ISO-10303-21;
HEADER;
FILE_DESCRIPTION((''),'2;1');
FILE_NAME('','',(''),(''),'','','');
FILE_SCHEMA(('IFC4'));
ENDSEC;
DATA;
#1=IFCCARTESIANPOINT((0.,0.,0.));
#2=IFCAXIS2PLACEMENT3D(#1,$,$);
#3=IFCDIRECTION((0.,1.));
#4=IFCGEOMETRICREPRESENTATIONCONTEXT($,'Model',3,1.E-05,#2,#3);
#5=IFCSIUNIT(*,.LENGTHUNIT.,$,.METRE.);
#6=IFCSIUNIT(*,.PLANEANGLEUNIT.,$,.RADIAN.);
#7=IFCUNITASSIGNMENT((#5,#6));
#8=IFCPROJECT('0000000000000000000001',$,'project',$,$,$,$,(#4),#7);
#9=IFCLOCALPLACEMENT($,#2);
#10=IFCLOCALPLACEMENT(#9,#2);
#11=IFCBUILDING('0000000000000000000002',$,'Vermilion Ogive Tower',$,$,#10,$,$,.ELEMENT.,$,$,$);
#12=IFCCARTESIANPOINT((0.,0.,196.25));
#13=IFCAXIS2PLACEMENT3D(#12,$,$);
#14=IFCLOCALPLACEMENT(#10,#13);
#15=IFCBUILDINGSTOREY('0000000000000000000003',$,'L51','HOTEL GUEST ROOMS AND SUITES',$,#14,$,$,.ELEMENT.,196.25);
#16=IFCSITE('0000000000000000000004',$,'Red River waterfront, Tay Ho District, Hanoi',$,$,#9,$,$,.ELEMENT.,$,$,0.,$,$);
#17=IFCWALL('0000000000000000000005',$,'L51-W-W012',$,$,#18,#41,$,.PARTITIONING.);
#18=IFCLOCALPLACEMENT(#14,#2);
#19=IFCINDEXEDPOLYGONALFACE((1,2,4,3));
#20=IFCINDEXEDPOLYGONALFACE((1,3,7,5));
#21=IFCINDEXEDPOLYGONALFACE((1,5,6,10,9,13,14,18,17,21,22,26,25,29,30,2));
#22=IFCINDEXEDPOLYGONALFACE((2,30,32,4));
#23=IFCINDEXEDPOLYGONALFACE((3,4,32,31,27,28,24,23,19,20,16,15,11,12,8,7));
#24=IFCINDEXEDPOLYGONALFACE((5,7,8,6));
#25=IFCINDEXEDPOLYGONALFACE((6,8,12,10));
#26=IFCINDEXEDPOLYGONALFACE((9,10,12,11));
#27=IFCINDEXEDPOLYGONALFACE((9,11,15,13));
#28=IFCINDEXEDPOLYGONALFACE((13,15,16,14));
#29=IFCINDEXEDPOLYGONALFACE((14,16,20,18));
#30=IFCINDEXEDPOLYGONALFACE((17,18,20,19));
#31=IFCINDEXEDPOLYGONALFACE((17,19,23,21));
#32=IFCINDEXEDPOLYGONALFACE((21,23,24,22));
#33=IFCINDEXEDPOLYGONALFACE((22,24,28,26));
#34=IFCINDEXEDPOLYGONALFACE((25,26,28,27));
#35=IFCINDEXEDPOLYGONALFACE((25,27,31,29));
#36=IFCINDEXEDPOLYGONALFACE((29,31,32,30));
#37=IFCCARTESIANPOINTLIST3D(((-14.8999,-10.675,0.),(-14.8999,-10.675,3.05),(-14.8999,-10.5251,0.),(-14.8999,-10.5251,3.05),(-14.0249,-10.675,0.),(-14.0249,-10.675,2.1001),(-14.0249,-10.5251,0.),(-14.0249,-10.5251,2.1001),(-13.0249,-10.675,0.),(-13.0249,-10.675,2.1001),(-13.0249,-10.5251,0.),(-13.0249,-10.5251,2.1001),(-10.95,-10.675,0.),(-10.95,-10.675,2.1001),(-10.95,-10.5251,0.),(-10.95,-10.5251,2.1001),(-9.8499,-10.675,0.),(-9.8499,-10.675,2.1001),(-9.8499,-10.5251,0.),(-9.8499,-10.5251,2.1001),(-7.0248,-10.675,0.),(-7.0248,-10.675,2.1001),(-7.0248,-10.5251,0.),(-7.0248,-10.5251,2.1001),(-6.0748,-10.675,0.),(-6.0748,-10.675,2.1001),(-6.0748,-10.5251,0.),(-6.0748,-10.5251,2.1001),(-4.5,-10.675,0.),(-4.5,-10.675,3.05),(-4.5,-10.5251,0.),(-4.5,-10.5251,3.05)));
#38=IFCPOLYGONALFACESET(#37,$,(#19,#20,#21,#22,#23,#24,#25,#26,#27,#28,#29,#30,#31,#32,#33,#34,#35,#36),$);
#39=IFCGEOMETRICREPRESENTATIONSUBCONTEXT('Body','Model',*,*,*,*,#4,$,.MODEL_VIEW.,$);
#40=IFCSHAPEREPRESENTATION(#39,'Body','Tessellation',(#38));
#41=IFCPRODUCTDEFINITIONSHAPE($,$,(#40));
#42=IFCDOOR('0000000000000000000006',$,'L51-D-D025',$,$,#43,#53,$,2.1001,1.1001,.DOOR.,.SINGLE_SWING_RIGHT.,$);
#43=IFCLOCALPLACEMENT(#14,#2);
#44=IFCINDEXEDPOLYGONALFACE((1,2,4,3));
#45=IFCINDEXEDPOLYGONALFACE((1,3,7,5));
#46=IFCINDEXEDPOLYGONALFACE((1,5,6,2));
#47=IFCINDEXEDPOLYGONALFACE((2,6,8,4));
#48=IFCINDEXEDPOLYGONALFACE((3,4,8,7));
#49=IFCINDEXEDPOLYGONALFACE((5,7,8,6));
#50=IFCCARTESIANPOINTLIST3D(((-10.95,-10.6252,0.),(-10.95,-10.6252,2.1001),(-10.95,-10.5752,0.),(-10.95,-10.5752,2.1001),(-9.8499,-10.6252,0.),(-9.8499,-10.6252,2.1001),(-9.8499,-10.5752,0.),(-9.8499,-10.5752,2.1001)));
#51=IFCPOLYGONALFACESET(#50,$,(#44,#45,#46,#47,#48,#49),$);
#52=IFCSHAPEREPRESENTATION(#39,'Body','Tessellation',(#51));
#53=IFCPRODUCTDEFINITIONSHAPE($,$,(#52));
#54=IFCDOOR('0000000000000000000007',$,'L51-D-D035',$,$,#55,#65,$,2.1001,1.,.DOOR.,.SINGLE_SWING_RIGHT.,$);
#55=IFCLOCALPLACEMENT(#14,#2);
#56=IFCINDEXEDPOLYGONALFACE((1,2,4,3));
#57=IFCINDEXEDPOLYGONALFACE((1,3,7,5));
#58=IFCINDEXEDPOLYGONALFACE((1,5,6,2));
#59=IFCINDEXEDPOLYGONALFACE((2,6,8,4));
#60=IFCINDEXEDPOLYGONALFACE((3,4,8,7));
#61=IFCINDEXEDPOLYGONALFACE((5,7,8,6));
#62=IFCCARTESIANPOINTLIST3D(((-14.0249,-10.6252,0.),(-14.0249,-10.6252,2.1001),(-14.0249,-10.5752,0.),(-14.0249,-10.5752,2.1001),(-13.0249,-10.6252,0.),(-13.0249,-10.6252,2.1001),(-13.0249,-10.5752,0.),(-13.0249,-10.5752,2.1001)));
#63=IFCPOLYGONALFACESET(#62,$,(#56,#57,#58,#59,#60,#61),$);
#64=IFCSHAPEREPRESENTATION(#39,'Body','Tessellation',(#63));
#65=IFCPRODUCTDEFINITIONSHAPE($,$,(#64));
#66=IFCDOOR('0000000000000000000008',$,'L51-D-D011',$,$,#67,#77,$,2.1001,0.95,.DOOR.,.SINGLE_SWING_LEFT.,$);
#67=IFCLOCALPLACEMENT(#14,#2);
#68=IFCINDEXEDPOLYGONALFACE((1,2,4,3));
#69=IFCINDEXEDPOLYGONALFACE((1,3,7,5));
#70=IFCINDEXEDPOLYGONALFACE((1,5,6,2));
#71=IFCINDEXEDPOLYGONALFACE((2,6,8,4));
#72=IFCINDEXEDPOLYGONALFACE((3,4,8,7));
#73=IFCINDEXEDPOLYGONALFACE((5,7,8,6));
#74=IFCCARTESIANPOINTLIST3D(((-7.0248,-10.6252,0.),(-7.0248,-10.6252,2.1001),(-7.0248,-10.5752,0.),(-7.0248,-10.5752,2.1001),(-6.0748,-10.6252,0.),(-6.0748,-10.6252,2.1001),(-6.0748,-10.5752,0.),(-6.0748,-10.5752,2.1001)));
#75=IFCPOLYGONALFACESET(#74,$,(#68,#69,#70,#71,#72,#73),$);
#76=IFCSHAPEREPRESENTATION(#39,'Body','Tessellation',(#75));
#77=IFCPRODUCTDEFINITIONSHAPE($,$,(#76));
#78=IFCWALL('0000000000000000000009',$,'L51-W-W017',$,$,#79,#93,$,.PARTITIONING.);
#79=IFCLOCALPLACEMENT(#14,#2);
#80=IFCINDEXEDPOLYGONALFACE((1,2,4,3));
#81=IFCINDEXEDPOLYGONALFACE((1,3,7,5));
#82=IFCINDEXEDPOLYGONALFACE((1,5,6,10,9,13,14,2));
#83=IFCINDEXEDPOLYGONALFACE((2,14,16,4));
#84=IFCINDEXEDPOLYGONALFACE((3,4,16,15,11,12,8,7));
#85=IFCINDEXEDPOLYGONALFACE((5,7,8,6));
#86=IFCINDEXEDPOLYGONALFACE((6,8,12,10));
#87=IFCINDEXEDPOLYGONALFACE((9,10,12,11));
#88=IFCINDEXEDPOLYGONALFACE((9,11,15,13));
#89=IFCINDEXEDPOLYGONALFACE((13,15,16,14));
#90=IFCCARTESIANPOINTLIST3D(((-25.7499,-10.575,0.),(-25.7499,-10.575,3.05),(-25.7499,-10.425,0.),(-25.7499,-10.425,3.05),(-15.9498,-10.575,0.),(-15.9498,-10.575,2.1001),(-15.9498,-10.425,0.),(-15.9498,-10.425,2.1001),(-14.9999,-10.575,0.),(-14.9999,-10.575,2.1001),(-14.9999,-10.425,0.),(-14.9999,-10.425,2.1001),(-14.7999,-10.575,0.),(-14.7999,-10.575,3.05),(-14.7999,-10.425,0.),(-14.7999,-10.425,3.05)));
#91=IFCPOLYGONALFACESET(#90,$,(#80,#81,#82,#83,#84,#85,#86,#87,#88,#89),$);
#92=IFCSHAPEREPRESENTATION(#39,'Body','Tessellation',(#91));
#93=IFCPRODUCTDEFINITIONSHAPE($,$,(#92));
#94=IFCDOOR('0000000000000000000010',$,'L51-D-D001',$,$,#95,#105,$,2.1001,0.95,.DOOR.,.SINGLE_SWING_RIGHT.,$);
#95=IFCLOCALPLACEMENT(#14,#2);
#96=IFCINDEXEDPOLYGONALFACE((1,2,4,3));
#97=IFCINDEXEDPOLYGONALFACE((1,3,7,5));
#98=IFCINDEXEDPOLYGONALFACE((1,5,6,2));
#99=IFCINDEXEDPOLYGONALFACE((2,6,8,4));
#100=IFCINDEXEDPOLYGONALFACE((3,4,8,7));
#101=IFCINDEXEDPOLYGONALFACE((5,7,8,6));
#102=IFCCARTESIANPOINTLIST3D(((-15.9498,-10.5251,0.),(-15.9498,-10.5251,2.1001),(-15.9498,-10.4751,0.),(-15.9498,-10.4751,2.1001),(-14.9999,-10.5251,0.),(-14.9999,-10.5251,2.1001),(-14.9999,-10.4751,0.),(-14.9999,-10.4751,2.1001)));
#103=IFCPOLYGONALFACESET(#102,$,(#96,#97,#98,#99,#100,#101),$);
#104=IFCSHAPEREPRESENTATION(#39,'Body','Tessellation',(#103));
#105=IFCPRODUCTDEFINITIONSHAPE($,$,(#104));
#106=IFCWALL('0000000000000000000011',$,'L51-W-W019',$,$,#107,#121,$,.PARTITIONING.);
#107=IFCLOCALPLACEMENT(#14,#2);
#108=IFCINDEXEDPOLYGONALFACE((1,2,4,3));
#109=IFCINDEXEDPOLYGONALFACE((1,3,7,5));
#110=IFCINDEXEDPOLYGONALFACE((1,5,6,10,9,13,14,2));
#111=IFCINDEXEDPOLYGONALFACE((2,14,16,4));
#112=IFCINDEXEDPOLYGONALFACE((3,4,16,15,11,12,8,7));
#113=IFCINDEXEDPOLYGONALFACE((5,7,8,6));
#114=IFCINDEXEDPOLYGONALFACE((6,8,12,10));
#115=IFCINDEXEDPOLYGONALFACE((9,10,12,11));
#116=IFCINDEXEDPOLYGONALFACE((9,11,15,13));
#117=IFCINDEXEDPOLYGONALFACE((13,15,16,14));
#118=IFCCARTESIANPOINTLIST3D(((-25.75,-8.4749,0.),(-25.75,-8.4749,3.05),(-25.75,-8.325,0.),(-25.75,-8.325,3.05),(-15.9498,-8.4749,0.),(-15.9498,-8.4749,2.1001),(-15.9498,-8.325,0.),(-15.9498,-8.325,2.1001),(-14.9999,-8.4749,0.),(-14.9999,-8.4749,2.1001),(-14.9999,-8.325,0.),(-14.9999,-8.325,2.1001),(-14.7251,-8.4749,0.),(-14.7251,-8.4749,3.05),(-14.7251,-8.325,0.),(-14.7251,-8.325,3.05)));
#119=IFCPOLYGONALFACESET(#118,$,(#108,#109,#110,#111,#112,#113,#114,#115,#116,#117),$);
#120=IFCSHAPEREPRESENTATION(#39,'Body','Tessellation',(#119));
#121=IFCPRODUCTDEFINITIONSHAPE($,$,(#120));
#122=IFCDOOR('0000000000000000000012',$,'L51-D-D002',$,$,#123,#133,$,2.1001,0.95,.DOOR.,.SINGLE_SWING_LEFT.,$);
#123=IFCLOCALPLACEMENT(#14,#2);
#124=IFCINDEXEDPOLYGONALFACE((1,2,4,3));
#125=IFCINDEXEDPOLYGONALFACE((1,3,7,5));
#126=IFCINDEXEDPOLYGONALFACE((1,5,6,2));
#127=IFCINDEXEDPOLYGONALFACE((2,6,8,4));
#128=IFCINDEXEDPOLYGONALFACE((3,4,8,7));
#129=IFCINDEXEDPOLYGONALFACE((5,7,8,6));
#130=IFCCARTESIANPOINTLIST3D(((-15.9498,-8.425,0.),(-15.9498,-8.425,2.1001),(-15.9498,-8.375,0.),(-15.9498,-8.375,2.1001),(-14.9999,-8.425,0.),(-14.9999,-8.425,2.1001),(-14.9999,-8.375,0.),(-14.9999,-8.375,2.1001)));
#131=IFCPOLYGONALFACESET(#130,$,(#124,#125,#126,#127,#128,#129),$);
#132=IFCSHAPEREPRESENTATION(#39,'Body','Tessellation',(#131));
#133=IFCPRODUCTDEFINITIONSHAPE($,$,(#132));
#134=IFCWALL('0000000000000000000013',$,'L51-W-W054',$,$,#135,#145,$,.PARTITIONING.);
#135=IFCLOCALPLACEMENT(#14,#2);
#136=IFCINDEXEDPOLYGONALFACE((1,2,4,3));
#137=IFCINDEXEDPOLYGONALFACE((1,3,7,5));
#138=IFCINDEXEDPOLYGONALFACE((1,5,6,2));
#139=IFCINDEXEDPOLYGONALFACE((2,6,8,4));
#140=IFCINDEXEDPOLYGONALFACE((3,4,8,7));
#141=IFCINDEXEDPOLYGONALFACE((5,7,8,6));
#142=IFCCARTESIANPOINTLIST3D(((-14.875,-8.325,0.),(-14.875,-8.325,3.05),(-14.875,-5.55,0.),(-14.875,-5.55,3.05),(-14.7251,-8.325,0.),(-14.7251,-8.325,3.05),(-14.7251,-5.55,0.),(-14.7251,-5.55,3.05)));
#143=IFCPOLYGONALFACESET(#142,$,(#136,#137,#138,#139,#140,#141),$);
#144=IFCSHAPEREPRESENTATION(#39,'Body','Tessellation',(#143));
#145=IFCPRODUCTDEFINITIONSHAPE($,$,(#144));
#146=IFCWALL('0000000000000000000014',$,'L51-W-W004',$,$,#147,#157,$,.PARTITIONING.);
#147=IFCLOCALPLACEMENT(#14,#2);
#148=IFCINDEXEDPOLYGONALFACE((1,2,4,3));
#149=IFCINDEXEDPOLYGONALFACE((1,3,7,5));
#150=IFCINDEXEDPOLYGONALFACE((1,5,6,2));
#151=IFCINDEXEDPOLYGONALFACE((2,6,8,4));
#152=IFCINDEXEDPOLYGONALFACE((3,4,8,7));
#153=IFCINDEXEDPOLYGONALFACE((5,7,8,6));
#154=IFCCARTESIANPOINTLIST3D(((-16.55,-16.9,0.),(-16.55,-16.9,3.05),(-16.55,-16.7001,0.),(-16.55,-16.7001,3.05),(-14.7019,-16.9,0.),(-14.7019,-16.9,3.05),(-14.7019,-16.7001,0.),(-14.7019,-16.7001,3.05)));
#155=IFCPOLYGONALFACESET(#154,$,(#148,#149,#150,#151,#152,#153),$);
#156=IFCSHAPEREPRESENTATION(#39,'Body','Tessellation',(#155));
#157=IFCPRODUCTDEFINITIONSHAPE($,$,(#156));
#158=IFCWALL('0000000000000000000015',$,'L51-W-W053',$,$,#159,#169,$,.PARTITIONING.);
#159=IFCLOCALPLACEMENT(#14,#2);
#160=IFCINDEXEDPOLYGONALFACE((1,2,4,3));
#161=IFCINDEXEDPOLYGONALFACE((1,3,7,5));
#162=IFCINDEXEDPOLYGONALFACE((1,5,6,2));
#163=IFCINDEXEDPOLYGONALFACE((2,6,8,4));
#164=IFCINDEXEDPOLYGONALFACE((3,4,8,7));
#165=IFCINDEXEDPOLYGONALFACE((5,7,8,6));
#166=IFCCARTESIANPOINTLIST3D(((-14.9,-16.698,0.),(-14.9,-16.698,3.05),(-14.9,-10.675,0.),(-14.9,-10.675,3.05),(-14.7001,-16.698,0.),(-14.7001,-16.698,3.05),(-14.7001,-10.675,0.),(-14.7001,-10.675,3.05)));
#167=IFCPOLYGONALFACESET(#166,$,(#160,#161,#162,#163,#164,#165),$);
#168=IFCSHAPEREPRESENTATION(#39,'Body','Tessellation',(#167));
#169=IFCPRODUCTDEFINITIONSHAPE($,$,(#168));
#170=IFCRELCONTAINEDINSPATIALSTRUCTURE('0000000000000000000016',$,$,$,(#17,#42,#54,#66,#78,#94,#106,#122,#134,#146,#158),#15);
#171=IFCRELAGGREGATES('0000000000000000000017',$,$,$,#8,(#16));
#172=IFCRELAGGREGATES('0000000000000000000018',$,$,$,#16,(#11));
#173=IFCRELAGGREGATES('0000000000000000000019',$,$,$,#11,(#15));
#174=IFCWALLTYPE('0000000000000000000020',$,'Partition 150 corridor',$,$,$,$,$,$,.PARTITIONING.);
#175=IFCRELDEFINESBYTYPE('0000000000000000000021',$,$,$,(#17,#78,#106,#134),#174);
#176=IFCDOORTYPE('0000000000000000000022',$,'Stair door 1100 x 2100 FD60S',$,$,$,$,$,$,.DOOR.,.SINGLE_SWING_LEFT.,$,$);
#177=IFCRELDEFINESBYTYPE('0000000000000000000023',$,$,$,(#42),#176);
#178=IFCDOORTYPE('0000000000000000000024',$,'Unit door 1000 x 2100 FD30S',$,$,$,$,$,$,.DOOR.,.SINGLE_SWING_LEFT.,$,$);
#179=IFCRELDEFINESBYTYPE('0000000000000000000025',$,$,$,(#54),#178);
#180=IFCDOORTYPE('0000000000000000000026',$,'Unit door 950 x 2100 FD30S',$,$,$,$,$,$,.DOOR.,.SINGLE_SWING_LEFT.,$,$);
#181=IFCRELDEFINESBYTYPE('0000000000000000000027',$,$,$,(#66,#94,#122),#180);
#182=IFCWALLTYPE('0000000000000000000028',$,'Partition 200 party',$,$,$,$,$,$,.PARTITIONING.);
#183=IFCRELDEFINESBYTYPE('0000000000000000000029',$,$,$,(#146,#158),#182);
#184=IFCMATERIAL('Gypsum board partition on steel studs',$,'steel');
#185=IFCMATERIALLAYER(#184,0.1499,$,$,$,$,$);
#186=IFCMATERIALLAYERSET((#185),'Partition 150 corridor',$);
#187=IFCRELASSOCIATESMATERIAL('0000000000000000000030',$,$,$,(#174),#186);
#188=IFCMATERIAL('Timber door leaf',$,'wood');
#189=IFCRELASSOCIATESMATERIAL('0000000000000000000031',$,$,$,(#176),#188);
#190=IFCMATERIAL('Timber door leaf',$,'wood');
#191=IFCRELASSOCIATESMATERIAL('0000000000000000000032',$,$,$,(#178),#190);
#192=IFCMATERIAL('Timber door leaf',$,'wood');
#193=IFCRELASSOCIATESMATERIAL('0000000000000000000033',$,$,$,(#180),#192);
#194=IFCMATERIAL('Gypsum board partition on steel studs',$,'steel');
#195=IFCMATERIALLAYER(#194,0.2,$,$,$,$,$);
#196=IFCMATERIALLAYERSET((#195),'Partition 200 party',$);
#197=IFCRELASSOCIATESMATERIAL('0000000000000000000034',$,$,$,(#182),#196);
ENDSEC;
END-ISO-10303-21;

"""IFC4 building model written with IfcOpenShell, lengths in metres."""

from ifc_helpers import new_model, si_unit, direction, frame, frame_2d, origin, place, context, subcontext, project, spatial, rectangle, extrude, material, layer, layer_set, type_object, element, fill, save


model = new_model("IFC4")

# Units and contexts
model_context = context("Model", 3, precision=1e-05, world=origin(), true_north=direction((0.0, 1.0)))
body_context = subcontext(model_context, "Body", "Model", "MODEL_VIEW")
ifc_project = project(units=[si_unit("LENGTHUNIT", "METRE"), si_unit("PLANEANGLEUNIT", "RADIAN")], contexts=[model_context])

# Site, building, storey
site_placement = place(None, origin())
site = spatial("IfcSite", under=ifc_project, at=site_placement, Name="Red River waterfront, Tay Ho District, Hanoi", CompositionType="ELEMENT", RefElevation=0.0)
building_placement = place(site_placement, origin())
building = spatial("IfcBuilding", under=site, at=building_placement, Name="Vermilion Ogive Tower", CompositionType="ELEMENT")
storey_placement = place(building_placement, frame((0.0, 0.0, 196.25)))
storey = spatial("IfcBuildingStorey", under=building, at=storey_placement, Name="L51", Description="HOTEL GUEST ROOMS AND SUITES", CompositionType="ELEMENT", Elevation=196.25)

# Wall, openings, doors
ifc_material_1 = material(Name="Gypsum board partition on steel studs", Category="steel")
ifc_layer_1 = layer(ifc_material_1, 0.1499)
ifc_layer_set_1 = layer_set([ifc_layer_1], Name="Partition 150 corridor")
wall_type_1 = type_object("IfcWallType", Name="Partition 150 corridor", PredefinedType="PARTITIONING", material=ifc_layer_set_1)
wall_1_placement = place(storey_placement, frame((-14.8999, -10.6001, 0.0), z_axis=(0.0, 0.0, 1.0), x_axis=(1.0, 0.0, 0.0)))
wall_1 = element("IfcWall", 1, at=wall_1_placement, inside=storey, type_object=wall_type_1, Name="L51-W-W012", PredefinedType="PARTITIONING", context=body_context, shape_type="SweptSolid", body=[
    extrude(rectangle(XDim=10.3999, YDim=0.1499, at=frame_2d((5.2, 0.0))), origin(), (0.0, 0.0, 1.0), 3.05),
])
opening_1_placement = place(wall_1_placement, frame((7.875, 0.0, 0.0)))
opening_1 = element("IfcOpeningElement", 2, at=opening_1_placement, cuts=wall_1, PredefinedType="OPENING", context=body_context, shape_type="SweptSolid", body=[
    extrude(rectangle(XDim=0.95, YDim=2.1001, at=frame_2d((0.4751, 1.05))), frame((0.0, 0.085, 0.0), z_axis=(0.0, -1.0, 0.0), x_axis=(1.0, 0.0, 0.0)), (0.0, 0.0, 1.0), 0.1699),
])
opening_2_placement = place(wall_1_placement, frame((3.95, 0.0, 0.0)))
opening_2 = element("IfcOpeningElement", 3, at=opening_2_placement, cuts=wall_1, PredefinedType="OPENING", context=body_context, shape_type="SweptSolid", body=[
    extrude(rectangle(XDim=1.1001, YDim=2.1001, at=frame_2d((0.55, 1.05))), frame((0.0, 0.085, 0.0), z_axis=(0.0, -1.0, 0.0), x_axis=(1.0, 0.0, 0.0)), (0.0, 0.0, 1.0), 0.1699),
])
opening_3_placement = place(wall_1_placement, frame((0.875, 0.0, 0.0)))
opening_3 = element("IfcOpeningElement", 4, at=opening_3_placement, cuts=wall_1, PredefinedType="OPENING", context=body_context, shape_type="SweptSolid", body=[
    extrude(rectangle(XDim=1.0, YDim=2.1001, at=frame_2d((0.5, 1.05))), frame((0.0, 0.085, 0.0), z_axis=(0.0, -1.0, 0.0), x_axis=(1.0, 0.0, 0.0)), (0.0, 0.0, 1.0), 0.1699),
])
ifc_material_2 = material(Name="Timber door leaf", Category="wood")
door_type_1 = type_object("IfcDoorType", Name="Stair door 1100 x 2100 FD60S", OperationType="SINGLE_SWING_LEFT", PredefinedType="DOOR", material=ifc_material_2)
door_1_placement = place(opening_2_placement, origin())
door_1 = element("IfcDoor", 5, at=door_1_placement, inside=storey, type_object=door_type_1, Name="L51-D-D025", OperationType="SINGLE_SWING_RIGHT", OverallHeight=2.1001, OverallWidth=1.1001, PredefinedType="DOOR", context=body_context, shape_type="SweptSolid", body=[
    extrude(rectangle(XDim=1.1001, YDim=2.1001, at=frame_2d((0.55, 1.05))), frame((0.0, 0.0249, 0.0), z_axis=(0.0, -1.0, 0.0), x_axis=(1.0, 0.0, 0.0)), (0.0, 0.0, 1.0), 0.05),
])
fill(opening_2, door_1)
ifc_material_3 = material(Name="Timber door leaf", Category="wood")
door_type_2 = type_object("IfcDoorType", Name="Unit door 1000 x 2100 FD30S", OperationType="SINGLE_SWING_LEFT", PredefinedType="DOOR", material=ifc_material_3)
door_2_placement = place(opening_3_placement, origin())
door_2 = element("IfcDoor", 6, at=door_2_placement, inside=storey, type_object=door_type_2, Name="L51-D-D035", OperationType="SINGLE_SWING_RIGHT", OverallHeight=2.1001, OverallWidth=1.0, PredefinedType="DOOR", context=body_context, shape_type="SweptSolid", body=[
    extrude(rectangle(XDim=1.0, YDim=2.1001, at=frame_2d((0.5, 1.05))), frame((0.0, 0.0249, 0.0), z_axis=(0.0, -1.0, 0.0), x_axis=(1.0, 0.0, 0.0)), (0.0, 0.0, 1.0), 0.05),
])
fill(opening_3, door_2)
ifc_material_4 = material(Name="Timber door leaf", Category="wood")
door_type_3 = type_object("IfcDoorType", Name="Unit door 950 x 2100 FD30S", OperationType="SINGLE_SWING_LEFT", PredefinedType="DOOR", material=ifc_material_4)
door_3_placement = place(opening_1_placement, origin())
door_3 = element("IfcDoor", 7, at=door_3_placement, inside=storey, type_object=door_type_3, Name="L51-D-D011", OperationType="SINGLE_SWING_LEFT", OverallHeight=2.1001, OverallWidth=0.95, PredefinedType="DOOR", context=body_context, shape_type="SweptSolid", body=[
    extrude(rectangle(XDim=0.95, YDim=2.1001, at=frame_2d((0.4751, 1.05))), frame((0.0, 0.0249, 0.0), z_axis=(0.0, -1.0, 0.0), x_axis=(1.0, 0.0, 0.0)), (0.0, 0.0, 1.0), 0.05),
])
fill(opening_1, door_3)

# Walls, openings, doors
wall_2_placement = place(storey_placement, frame((-25.75, -10.5, 0.0), z_axis=(0.0, 0.0, 1.0), x_axis=(1.0, 0.0, 0.0)))
wall_2 = element("IfcWall", 8, at=wall_2_placement, inside=storey, type_object=wall_type_1, Name="L51-W-W017", PredefinedType="PARTITIONING", context=body_context, shape_type="SweptSolid", body=[
    extrude(rectangle(XDim=10.95, YDim=0.1499, at=frame_2d((5.4751, 0.0))), origin(), (0.0, 0.0, 1.0), 3.05),
])
opening_4_placement = place(wall_2_placement, frame((9.8, 0.0, 0.0)))
opening_4 = element("IfcOpeningElement", 9, at=opening_4_placement, cuts=wall_2, PredefinedType="OPENING", context=body_context, shape_type="SweptSolid", body=[
    extrude(rectangle(XDim=0.95, YDim=2.1001, at=frame_2d((0.4751, 1.05))), frame((0.0, 0.085, 0.0), z_axis=(0.0, -1.0, 0.0), x_axis=(1.0, 0.0, 0.0)), (0.0, 0.0, 1.0), 0.1699),
])
door_4_placement = place(opening_4_placement, origin())
door_4 = element("IfcDoor", 10, at=door_4_placement, inside=storey, type_object=door_type_3, Name="L51-D-D001", OperationType="SINGLE_SWING_RIGHT", OverallHeight=2.1001, OverallWidth=0.95, PredefinedType="DOOR", context=body_context, shape_type="SweptSolid", body=[
    extrude(rectangle(XDim=0.95, YDim=2.1001, at=frame_2d((0.4751, 1.05))), frame((0.0, 0.0249, 0.0), z_axis=(0.0, -1.0, 0.0), x_axis=(1.0, 0.0, 0.0)), (0.0, 0.0, 1.0), 0.05),
])
fill(opening_4, door_4)
wall_3_placement = place(storey_placement, frame((-25.75, -8.3999, 0.0), z_axis=(0.0, 0.0, 1.0), x_axis=(1.0, 0.0, 0.0)))
wall_3 = element("IfcWall", 11, at=wall_3_placement, inside=storey, type_object=wall_type_1, Name="L51-W-W019", PredefinedType="PARTITIONING", context=body_context, shape_type="SweptSolid", body=[
    extrude(rectangle(XDim=11.0249, YDim=0.1499, at=frame_2d((5.5125, 0.0))), origin(), (0.0, 0.0, 1.0), 3.05),
])
opening_5_placement = place(wall_3_placement, frame((9.8, 0.0, 0.0)))
opening_5 = element("IfcOpeningElement", 12, at=opening_5_placement, cuts=wall_3, PredefinedType="OPENING", context=body_context, shape_type="SweptSolid", body=[
    extrude(rectangle(XDim=0.95, YDim=2.1001, at=frame_2d((0.4751, 1.05))), frame((0.0, 0.085, 0.0), z_axis=(0.0, -1.0, 0.0), x_axis=(1.0, 0.0, 0.0)), (0.0, 0.0, 1.0), 0.1699),
])
door_5_placement = place(opening_5_placement, origin())
door_5 = element("IfcDoor", 13, at=door_5_placement, inside=storey, type_object=door_type_3, Name="L51-D-D002", OperationType="SINGLE_SWING_LEFT", OverallHeight=2.1001, OverallWidth=0.95, PredefinedType="DOOR", context=body_context, shape_type="SweptSolid", body=[
    extrude(rectangle(XDim=0.95, YDim=2.1001, at=frame_2d((0.4751, 1.05))), frame((0.0, 0.0249, 0.0), z_axis=(0.0, -1.0, 0.0), x_axis=(1.0, 0.0, 0.0)), (0.0, 0.0, 1.0), 0.05),
])
fill(opening_5, door_5)

# Walls
wall_4_placement = place(storey_placement, frame((-14.8, -8.325, 0.0), z_axis=(0.0, 0.0, 1.0), x_axis=(0.0, 1.0, 0.0)))
element("IfcWall", 14, at=wall_4_placement, inside=storey, type_object=wall_type_1, Name="L51-W-W054", PredefinedType="PARTITIONING", context=body_context, shape_type="SweptSolid", body=[
    extrude(rectangle(XDim=2.7749, YDim=0.1499, at=frame_2d((1.3875, 0.0))), origin(), (0.0, 0.0, 1.0), 3.05),
])
ifc_material_5 = material(Name="Gypsum board partition on steel studs", Category="steel")
ifc_layer_2 = layer(ifc_material_5, 0.2)
ifc_layer_set_2 = layer_set([ifc_layer_2], Name="Partition 200 party")
wall_type_2 = type_object("IfcWallType", Name="Partition 200 party", PredefinedType="PARTITIONING", material=ifc_layer_set_2)
wall_5_placement = place(storey_placement, frame((-16.55, -16.8, 0.0), z_axis=(0.0, 0.0, 1.0), x_axis=(1.0, 0.0, 0.0)))
element("IfcWall", 15, at=wall_5_placement, inside=storey, type_object=wall_type_2, Name="L51-W-W004", PredefinedType="PARTITIONING", context=body_context, shape_type="SweptSolid", body=[
    extrude(rectangle(XDim=1.8481, YDim=0.2, at=frame_2d((0.9241, 0.0))), origin(), (0.0, 0.0, 1.0), 3.05),
])
wall_6_placement = place(storey_placement, frame((-14.8, -16.698, 0.0), z_axis=(0.0, 0.0, 1.0), x_axis=(0.0, 1.0, 0.0)))
element("IfcWall", 16, at=wall_6_placement, inside=storey, type_object=wall_type_2, Name="L51-W-W053", PredefinedType="PARTITIONING", context=body_context, shape_type="SweptSolid", body=[
    extrude(rectangle(XDim=6.0229, YDim=0.2, at=frame_2d((3.0115, 0.0))), origin(), (0.0, 0.0, 1.0), 3.05),
])

save(model, "model.ifc")
